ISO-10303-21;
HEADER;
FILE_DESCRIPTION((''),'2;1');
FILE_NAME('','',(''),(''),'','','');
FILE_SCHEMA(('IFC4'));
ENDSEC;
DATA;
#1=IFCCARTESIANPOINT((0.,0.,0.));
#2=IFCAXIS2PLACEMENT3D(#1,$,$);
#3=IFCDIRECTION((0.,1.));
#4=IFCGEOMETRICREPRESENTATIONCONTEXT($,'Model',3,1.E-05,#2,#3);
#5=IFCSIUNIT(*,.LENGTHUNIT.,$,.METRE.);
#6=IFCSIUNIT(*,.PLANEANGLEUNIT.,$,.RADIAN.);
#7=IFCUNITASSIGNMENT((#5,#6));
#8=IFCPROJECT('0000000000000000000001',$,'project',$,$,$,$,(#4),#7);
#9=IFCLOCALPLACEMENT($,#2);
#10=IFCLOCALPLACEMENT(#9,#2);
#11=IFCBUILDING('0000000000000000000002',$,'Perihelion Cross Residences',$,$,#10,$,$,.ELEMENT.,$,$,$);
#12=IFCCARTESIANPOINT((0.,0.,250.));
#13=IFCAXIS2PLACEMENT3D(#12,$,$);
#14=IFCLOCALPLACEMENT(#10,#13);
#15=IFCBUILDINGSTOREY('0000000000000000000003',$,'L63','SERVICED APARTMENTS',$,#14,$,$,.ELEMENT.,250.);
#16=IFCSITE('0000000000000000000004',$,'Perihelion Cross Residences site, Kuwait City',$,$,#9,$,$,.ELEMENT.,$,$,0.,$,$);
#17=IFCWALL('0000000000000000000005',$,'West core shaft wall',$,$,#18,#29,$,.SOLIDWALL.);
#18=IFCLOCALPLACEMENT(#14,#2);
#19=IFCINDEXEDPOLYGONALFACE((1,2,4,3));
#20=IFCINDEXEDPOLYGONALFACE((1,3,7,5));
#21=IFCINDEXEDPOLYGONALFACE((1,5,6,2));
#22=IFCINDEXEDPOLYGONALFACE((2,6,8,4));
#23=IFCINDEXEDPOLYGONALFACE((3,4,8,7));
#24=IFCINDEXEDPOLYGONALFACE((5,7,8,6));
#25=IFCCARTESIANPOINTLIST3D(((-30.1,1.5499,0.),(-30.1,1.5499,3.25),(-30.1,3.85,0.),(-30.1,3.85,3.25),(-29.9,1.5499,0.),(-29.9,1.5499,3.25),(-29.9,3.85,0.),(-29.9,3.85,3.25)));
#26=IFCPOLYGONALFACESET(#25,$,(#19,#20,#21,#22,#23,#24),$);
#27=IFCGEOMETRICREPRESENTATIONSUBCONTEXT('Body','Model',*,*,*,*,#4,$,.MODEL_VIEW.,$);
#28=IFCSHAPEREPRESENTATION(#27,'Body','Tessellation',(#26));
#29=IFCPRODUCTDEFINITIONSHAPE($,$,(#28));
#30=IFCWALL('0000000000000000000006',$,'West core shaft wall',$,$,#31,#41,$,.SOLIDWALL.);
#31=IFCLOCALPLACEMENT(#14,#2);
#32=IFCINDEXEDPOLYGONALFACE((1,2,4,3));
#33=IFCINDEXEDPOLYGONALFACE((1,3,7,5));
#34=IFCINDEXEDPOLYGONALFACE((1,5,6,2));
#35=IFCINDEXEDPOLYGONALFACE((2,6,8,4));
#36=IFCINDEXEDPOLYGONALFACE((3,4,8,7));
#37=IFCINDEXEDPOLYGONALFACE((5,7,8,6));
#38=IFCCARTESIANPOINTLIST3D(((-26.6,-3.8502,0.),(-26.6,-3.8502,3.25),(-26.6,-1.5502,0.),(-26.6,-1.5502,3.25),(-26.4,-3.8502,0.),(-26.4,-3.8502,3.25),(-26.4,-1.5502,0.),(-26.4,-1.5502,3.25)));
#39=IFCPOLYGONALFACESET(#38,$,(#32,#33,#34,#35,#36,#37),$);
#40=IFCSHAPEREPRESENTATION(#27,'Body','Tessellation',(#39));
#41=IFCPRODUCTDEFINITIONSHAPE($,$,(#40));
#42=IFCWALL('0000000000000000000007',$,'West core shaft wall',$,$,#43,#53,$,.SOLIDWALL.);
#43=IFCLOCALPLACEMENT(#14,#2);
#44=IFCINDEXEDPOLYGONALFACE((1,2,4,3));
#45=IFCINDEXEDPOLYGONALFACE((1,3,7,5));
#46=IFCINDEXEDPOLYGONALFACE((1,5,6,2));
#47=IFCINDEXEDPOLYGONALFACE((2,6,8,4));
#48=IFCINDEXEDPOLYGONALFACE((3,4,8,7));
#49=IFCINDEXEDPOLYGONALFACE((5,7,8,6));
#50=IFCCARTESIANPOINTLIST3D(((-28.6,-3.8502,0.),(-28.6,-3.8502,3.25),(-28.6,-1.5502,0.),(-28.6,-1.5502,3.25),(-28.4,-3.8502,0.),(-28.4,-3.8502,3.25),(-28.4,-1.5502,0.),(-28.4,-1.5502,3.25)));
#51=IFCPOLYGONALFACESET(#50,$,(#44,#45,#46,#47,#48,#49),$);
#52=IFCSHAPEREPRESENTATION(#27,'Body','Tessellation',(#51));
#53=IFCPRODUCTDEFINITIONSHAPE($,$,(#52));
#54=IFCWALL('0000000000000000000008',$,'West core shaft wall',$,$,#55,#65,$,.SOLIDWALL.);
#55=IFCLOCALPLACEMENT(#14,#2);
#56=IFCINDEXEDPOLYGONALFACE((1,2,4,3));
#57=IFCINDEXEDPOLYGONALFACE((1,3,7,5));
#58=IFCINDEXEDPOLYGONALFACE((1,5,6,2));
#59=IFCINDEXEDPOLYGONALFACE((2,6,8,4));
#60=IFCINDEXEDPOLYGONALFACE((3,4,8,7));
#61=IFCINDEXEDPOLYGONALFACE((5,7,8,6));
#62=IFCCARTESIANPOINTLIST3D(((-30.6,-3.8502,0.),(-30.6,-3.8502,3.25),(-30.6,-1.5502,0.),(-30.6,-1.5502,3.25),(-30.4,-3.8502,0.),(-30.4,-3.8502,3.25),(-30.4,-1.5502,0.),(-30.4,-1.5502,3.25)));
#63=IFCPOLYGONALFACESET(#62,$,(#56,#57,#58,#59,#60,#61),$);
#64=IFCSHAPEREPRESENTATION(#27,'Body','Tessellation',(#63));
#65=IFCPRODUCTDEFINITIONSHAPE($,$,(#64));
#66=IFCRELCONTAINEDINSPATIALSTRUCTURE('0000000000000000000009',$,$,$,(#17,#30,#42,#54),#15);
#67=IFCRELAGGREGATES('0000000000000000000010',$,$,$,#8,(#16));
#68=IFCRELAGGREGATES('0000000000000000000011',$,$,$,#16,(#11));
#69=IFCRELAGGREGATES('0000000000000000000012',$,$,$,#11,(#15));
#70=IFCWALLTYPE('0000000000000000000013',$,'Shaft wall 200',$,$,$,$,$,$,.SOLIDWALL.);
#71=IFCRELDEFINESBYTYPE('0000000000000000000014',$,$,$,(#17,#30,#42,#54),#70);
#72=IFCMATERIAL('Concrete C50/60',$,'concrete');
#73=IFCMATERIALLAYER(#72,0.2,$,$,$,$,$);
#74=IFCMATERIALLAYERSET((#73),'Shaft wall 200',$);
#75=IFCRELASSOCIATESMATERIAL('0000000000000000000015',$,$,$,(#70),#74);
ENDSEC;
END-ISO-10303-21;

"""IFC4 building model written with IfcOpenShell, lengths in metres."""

from ifc_helpers import new_model, si_unit, direction, frame, frame_2d, origin, place, context, subcontext, project, spatial, rectangle, extrude, material, layer, layer_set, type_object, element, save


model = new_model("IFC4")

# Units and contexts
model_context = context("Model", 3, precision=1e-05, world=origin(), true_north=direction((0.0, 1.0)))
body_context = subcontext(model_context, "Body", "Model", "MODEL_VIEW")
ifc_project = project(units=[si_unit("LENGTHUNIT", "METRE"), si_unit("PLANEANGLEUNIT", "RADIAN")], contexts=[model_context])

# Site, building, storey
site_placement = place(None, origin())
site = spatial("IfcSite", under=ifc_project, at=site_placement, Name="Perihelion Cross Residences site, Kuwait City", CompositionType="ELEMENT", RefElevation=0.0)
building_placement = place(site_placement, origin())
building = spatial("IfcBuilding", under=site, at=building_placement, Name="Perihelion Cross Residences", CompositionType="ELEMENT")
storey_placement = place(building_placement, frame((0.0, 0.0, 250.0)))
storey = spatial("IfcBuildingStorey", under=building, at=storey_placement, Name="L63", Description="SERVICED APARTMENTS", CompositionType="ELEMENT", Elevation=250.0)

# Shared definitions
ifc_material_1 = material(Name="Concrete C50/60", Category="concrete")
ifc_layer_1 = layer(ifc_material_1, 0.2)
ifc_layer_set_1 = layer_set([ifc_layer_1], Name="Shaft wall 200")
wall_type_1 = type_object("IfcWallType", Name="Shaft wall 200", PredefinedType="SOLIDWALL", material=ifc_layer_set_1)

# Walls
for number, where, z_axis, x_axis, name in (
    (1, (-30.0, 1.55, 0.0), (0.0, 0.0, 1.0), (0.0, 1.0, 0.0), "West core shaft wall"),
    (2, (-26.5, -3.8501, 0.0), (0.0, 0.0, 1.0), (0.0, 1.0, 0.0), "West core shaft wall"),
    (3, (-28.5, -3.8501, 0.0), (0.0, 0.0, 1.0), (0.0, 1.0, 0.0), "West core shaft wall"),
    (4, (-30.5, -3.8501, 0.0), (0.0, 0.0, 1.0), (0.0, 1.0, 0.0), "West core shaft wall"),
):
    element("IfcWall", number, at=place(storey_placement, frame(where, z_axis=z_axis, x_axis=x_axis)), inside=storey, type_object=wall_type_1, Name=name, PredefinedType="SOLIDWALL", context=body_context, shape_type="SweptSolid", body=[
        extrude(rectangle(XDim=2.3, YDim=0.2, at=frame_2d((1.1499, 0.0))), origin(), (0.0, 0.0, 1.0), 3.25),
    ])

save(model, "model.ifc")
